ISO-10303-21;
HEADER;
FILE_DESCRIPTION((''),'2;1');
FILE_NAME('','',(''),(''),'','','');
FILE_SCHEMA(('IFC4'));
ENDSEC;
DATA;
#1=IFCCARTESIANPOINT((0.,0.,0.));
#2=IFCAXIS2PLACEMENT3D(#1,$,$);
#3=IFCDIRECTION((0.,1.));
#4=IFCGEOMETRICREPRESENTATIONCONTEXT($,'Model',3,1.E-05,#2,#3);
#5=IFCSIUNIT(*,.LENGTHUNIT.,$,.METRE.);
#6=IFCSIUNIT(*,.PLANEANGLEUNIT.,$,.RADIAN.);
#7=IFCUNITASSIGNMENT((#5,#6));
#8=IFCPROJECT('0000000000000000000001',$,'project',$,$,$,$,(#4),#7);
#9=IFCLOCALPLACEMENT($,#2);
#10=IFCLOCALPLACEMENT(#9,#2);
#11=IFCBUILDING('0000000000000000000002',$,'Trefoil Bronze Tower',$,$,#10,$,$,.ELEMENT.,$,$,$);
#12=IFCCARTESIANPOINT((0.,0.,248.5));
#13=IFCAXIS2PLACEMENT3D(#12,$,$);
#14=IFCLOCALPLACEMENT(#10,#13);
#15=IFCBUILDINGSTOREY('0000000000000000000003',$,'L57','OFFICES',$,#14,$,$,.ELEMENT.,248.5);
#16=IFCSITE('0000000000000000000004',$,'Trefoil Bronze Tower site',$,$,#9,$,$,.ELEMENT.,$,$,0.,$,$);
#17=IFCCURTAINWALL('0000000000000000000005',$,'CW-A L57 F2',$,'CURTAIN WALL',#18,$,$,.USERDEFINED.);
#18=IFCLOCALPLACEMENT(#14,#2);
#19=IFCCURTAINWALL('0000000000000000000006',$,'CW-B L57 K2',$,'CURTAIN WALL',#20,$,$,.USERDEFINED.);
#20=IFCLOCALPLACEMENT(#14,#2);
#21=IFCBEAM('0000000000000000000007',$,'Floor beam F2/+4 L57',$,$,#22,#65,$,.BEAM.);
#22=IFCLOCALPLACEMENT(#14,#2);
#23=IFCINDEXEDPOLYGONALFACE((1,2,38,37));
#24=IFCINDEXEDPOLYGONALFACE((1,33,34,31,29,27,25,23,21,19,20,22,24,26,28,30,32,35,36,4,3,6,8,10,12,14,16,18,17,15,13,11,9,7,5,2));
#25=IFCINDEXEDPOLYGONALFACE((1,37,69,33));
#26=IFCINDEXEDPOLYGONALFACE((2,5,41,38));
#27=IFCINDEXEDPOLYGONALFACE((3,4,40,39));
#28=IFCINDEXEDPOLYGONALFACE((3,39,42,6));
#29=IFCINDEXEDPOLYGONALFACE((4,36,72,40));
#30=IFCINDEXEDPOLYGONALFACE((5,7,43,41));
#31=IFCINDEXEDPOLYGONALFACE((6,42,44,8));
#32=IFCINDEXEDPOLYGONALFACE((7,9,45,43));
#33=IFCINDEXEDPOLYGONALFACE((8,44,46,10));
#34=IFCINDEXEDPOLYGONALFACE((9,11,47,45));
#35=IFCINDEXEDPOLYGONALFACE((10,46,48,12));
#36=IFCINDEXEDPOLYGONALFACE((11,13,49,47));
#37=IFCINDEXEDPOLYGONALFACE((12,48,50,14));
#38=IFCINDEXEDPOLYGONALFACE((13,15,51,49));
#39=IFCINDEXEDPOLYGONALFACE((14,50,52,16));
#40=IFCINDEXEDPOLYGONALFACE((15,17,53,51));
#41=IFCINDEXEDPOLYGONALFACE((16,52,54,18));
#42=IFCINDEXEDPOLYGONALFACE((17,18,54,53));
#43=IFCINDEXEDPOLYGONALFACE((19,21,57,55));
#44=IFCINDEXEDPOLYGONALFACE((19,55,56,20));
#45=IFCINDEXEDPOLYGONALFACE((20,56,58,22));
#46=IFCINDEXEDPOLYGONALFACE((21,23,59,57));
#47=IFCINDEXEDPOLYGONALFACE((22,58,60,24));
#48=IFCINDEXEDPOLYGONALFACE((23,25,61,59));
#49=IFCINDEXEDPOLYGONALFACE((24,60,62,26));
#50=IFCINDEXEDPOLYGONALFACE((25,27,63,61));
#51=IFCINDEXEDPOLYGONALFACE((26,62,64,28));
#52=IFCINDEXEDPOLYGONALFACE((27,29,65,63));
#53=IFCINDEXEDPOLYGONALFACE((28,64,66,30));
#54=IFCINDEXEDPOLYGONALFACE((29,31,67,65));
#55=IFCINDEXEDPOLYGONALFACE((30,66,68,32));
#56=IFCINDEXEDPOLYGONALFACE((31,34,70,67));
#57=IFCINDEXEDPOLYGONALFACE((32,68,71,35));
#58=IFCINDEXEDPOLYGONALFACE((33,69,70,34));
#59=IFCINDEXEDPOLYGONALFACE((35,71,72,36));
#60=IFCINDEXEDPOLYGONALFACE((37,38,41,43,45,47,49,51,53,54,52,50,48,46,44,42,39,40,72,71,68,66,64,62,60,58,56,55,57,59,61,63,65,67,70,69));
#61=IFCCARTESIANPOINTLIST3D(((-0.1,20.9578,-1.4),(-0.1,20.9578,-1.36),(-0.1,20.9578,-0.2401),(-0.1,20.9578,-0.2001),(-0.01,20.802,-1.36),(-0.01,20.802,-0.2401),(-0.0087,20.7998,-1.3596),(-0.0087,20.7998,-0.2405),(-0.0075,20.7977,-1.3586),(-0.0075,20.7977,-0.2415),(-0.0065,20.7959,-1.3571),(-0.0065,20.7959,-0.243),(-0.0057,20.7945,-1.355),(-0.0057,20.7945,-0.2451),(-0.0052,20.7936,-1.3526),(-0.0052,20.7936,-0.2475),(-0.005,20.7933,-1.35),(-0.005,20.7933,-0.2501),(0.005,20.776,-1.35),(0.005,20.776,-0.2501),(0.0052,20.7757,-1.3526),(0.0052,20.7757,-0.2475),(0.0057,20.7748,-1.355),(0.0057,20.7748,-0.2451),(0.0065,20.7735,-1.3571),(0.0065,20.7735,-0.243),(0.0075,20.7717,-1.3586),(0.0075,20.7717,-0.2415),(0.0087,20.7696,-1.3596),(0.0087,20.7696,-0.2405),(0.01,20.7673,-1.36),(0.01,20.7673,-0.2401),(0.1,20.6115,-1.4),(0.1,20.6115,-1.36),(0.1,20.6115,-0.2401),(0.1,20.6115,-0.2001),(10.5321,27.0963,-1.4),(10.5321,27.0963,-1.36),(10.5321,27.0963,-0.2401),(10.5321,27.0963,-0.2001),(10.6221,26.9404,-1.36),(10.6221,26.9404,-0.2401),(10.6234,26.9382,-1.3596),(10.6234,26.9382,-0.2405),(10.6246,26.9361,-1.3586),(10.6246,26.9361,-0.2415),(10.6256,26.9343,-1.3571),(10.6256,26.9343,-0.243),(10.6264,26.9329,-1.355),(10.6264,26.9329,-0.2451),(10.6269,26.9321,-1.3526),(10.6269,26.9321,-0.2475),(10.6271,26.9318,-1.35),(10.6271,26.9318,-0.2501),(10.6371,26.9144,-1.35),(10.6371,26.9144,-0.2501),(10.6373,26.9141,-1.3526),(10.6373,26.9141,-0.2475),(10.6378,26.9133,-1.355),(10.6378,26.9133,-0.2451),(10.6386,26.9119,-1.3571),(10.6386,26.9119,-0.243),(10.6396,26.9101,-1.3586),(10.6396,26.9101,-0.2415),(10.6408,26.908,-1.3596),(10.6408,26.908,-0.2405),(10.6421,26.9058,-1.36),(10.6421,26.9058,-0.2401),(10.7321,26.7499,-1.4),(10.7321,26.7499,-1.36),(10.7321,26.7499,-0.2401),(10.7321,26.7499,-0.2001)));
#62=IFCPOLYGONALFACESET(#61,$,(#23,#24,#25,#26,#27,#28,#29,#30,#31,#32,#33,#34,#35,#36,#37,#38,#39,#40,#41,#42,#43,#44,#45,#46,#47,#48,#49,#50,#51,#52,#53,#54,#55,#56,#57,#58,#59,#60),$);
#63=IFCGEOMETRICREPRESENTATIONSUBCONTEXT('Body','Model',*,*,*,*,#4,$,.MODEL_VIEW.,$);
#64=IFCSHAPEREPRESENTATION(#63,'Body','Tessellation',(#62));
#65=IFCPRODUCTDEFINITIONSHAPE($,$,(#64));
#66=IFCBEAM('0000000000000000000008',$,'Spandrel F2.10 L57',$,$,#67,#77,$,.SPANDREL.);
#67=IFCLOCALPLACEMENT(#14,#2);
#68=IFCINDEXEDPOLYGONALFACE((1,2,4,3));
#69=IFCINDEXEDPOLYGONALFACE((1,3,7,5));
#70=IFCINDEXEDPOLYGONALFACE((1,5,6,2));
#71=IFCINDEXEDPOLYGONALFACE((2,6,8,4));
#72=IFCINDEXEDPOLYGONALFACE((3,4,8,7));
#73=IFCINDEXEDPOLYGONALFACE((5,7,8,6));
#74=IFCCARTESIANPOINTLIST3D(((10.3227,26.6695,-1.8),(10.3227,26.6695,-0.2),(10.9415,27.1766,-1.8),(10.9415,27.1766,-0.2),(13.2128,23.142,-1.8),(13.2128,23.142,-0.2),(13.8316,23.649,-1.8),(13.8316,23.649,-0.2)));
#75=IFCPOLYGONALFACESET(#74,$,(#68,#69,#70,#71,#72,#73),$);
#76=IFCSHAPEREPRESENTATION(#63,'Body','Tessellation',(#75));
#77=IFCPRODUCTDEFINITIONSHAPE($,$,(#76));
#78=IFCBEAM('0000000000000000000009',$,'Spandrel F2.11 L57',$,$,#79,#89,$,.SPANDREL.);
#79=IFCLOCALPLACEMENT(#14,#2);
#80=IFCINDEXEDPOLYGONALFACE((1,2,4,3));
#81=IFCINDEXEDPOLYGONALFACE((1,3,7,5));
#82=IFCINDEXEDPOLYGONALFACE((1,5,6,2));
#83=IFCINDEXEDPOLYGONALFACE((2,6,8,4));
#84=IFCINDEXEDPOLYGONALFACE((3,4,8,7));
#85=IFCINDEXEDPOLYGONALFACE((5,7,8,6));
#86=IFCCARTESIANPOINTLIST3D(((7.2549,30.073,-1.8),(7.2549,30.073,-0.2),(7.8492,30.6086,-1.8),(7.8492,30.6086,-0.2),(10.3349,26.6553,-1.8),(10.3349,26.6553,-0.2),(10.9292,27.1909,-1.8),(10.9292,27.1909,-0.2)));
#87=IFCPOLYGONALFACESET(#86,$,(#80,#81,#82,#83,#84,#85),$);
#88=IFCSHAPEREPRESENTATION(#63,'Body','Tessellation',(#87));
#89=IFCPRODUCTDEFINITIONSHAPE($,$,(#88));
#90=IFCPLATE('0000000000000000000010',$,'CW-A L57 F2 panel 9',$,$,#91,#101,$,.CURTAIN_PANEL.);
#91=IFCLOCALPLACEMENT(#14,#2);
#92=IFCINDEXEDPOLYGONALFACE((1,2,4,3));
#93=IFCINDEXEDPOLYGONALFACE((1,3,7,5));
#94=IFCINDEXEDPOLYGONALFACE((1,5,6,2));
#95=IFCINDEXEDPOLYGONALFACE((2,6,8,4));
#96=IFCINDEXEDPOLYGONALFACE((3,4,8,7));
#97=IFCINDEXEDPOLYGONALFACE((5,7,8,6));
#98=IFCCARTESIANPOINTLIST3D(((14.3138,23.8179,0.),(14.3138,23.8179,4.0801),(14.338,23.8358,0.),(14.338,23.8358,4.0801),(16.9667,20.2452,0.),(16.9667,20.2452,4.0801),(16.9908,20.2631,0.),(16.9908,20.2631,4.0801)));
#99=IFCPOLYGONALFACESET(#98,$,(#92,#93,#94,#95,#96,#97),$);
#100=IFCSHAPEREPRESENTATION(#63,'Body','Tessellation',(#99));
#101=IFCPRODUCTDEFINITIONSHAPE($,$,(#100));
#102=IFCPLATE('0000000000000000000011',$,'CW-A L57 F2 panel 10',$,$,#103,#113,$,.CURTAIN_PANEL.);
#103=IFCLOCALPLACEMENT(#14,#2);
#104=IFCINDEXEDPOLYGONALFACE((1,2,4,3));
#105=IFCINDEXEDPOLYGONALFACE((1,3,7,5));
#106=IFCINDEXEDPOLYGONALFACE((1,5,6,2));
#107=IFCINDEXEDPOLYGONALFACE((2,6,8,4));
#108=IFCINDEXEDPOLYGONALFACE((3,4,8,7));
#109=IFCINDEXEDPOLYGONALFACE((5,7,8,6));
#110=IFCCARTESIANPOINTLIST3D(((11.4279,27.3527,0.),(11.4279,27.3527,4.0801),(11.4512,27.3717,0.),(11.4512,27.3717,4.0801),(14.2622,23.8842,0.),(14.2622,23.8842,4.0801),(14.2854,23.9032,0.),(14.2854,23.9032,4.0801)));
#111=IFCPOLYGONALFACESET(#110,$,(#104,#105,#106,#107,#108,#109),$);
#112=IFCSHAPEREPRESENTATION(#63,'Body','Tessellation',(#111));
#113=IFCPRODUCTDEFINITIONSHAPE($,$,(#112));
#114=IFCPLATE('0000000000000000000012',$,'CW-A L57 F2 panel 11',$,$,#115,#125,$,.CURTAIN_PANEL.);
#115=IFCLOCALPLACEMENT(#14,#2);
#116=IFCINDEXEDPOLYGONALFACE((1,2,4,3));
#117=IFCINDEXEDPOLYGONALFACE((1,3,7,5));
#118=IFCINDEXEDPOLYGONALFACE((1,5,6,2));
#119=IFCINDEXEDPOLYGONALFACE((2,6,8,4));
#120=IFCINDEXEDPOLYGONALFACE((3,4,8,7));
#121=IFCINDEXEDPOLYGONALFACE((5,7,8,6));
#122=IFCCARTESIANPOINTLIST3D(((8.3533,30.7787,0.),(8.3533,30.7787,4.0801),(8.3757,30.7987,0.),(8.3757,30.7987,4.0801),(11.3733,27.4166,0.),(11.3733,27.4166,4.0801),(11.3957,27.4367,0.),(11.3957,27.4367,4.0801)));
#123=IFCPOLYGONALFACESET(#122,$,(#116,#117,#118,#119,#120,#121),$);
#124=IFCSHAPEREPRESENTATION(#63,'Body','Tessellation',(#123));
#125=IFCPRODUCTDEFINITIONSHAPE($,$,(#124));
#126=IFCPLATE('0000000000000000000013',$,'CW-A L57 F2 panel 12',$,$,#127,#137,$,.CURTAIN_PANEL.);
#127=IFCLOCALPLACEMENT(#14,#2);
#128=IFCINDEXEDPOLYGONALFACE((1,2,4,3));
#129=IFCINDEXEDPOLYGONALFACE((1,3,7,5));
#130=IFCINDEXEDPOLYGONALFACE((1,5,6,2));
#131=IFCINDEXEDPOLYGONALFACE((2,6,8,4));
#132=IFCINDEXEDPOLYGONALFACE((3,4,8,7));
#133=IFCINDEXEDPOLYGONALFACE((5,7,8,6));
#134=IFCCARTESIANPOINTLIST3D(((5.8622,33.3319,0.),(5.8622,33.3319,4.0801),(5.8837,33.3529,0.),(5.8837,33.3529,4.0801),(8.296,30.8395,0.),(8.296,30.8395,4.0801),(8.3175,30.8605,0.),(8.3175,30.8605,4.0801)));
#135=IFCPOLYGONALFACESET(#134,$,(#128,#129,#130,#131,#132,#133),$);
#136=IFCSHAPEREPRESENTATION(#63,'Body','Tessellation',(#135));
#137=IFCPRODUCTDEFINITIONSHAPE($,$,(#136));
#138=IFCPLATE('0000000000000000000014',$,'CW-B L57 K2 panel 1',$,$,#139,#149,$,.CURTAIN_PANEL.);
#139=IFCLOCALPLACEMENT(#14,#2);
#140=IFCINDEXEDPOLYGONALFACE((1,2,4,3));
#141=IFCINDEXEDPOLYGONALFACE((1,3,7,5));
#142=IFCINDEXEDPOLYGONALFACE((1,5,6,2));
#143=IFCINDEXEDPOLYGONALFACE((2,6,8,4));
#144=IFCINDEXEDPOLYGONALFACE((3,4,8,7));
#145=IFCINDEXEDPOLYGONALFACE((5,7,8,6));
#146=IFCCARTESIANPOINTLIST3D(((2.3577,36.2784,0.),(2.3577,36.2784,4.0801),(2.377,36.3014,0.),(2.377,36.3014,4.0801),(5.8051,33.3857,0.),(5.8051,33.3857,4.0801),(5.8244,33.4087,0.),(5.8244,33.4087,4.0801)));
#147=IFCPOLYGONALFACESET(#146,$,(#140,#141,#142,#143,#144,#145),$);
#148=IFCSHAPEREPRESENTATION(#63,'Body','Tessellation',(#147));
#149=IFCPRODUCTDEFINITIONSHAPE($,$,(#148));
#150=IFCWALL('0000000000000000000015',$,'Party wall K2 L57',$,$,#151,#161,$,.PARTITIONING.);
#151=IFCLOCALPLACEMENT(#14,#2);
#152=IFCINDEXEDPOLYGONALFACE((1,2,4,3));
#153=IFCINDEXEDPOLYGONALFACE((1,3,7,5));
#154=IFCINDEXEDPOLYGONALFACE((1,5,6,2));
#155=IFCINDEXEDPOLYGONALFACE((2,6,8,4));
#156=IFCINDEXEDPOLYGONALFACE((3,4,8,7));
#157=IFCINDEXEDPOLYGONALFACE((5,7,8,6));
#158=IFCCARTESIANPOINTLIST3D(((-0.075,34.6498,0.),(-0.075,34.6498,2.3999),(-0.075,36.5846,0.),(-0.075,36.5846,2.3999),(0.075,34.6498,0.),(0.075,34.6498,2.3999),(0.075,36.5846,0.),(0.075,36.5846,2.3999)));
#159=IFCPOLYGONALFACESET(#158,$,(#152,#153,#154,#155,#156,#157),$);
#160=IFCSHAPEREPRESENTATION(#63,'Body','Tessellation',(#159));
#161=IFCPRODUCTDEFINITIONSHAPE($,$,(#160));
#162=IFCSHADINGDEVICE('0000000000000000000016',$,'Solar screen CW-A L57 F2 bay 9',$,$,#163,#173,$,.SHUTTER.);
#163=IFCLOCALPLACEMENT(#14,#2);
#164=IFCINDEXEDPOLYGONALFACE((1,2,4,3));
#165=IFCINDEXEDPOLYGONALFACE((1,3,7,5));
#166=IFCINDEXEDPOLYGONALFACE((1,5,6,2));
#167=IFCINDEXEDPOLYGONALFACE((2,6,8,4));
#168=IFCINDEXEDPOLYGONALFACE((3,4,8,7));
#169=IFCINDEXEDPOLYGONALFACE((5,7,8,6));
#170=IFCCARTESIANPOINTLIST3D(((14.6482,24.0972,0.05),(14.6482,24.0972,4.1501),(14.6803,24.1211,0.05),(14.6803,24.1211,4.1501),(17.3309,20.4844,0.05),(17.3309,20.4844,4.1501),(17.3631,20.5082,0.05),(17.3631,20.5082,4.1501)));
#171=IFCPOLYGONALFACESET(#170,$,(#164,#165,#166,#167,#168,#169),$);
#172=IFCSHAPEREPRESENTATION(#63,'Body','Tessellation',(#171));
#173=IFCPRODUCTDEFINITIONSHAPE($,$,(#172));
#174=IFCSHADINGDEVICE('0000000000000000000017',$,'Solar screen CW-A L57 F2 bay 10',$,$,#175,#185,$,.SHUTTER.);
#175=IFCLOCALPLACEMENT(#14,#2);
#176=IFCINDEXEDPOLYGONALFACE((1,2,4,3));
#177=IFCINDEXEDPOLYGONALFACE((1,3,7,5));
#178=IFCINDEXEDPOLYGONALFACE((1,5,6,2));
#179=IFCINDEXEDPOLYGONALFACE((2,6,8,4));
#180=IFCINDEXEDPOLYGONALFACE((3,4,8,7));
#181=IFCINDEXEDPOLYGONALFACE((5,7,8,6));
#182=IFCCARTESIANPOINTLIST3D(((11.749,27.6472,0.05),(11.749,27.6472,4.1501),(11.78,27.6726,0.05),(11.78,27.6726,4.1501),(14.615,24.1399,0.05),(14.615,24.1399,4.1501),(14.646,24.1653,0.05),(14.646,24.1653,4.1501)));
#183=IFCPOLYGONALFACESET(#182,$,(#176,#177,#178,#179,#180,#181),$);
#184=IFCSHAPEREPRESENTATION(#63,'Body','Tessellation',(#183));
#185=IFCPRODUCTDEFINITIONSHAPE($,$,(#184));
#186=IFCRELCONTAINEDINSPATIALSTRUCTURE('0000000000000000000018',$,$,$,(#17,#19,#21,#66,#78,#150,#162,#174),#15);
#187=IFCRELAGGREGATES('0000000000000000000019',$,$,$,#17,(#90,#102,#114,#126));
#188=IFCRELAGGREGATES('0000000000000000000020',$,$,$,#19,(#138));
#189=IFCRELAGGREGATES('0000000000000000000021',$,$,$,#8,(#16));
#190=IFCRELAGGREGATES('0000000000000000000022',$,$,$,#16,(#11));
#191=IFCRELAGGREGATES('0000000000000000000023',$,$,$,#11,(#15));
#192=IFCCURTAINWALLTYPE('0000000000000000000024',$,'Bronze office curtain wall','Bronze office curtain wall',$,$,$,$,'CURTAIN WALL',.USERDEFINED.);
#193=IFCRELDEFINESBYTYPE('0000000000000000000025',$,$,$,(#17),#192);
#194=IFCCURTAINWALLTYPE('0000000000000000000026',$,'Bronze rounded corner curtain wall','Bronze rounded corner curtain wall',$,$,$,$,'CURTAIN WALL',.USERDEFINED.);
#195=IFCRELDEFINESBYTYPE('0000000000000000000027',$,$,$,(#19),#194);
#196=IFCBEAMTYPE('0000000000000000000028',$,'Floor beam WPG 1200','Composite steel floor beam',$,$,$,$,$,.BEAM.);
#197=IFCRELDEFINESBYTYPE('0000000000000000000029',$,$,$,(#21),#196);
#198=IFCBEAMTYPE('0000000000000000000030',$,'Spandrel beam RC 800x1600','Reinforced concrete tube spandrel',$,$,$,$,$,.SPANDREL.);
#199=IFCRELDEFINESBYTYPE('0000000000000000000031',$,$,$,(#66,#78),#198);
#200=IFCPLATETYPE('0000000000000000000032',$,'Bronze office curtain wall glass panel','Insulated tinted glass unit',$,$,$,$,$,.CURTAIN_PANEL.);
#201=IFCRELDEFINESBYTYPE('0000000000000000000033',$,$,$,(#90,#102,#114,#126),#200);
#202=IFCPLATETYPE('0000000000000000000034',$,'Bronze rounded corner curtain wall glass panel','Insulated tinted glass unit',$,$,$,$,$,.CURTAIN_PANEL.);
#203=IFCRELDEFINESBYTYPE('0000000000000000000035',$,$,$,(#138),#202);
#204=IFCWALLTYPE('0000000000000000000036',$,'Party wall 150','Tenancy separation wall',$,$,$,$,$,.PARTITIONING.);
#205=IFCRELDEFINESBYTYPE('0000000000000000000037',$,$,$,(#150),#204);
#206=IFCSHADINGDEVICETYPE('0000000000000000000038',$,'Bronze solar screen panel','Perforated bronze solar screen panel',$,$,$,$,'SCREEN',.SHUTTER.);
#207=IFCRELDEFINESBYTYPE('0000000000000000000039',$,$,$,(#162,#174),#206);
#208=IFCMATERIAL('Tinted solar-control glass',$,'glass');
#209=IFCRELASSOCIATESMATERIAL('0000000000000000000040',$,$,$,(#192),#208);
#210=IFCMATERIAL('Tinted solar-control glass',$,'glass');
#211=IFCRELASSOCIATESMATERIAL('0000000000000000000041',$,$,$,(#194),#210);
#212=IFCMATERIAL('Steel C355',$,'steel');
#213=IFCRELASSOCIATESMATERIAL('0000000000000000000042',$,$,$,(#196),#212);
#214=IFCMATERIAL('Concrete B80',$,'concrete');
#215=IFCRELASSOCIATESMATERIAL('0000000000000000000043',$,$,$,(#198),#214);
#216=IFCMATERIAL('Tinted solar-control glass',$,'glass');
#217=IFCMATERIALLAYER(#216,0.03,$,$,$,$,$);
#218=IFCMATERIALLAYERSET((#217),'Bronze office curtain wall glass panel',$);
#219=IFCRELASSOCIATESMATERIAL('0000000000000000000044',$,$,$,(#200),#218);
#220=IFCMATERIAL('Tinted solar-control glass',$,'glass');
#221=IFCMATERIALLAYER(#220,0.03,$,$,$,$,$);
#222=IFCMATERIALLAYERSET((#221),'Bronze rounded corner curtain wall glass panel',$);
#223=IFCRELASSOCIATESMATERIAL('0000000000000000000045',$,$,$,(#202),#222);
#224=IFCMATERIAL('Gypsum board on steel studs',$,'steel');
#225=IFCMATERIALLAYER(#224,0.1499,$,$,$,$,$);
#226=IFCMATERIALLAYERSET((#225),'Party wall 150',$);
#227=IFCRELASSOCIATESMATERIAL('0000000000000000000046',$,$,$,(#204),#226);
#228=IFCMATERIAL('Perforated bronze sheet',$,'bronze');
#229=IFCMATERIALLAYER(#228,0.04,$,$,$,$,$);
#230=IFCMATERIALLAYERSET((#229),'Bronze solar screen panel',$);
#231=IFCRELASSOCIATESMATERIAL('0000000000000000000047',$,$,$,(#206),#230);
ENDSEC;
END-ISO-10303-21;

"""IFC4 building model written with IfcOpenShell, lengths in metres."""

from ifc_helpers import new_model, si_unit, direction, frame, frame_2d, origin, origin_2d, place, context, subcontext, project, spatial, rectangle, i_section, extrude, material, layer, layer_set, material_profile, profile_set, type_object, element, aggregate, save


model = new_model("IFC4")

# Units and contexts
model_context = context("Model", 3, precision=1e-05, world=origin(), true_north=direction((0.0, 1.0)))
body_context = subcontext(model_context, "Body", "Model", "MODEL_VIEW")
ifc_project = project(units=[si_unit("LENGTHUNIT", "METRE"), si_unit("PLANEANGLEUNIT", "RADIAN")], contexts=[model_context])

# Site, building, storey
site_placement = place(None, origin())
site = spatial("IfcSite", under=ifc_project, at=site_placement, Name="Trefoil Bronze Tower site", CompositionType="ELEMENT", RefElevation=0.0)
building_placement = place(site_placement, origin())
building = spatial("IfcBuilding", under=site, at=building_placement, Name="Trefoil Bronze Tower", CompositionType="ELEMENT")
storey_placement = place(building_placement, frame((0.0, 0.0, 248.5)))
storey = spatial("IfcBuildingStorey", under=building, at=storey_placement, Name="L57", Description="OFFICES", CompositionType="ELEMENT", Elevation=248.5)

# Curtain walls
ifc_material_1 = material(Name="Tinted solar-control glass", Category="glass")
curtain_wall_type_1 = type_object("IfcCurtainWallType", Name="Bronze office curtain wall", Description="Bronze office curtain wall", ElementType="CURTAIN WALL", PredefinedType="USERDEFINED", material=ifc_material_1)
curtain_wall_1_placement = place(storey_placement, origin())
curtain_wall_1 = element("IfcCurtainWall", 1, at=curtain_wall_1_placement, inside=storey, type_object=curtain_wall_type_1, Name="CW-A L57 F2", ObjectType="CURTAIN WALL", PredefinedType="USERDEFINED")
ifc_material_2 = material(Name="Tinted solar-control glass", Category="glass")
curtain_wall_type_2 = type_object("IfcCurtainWallType", Name="Bronze rounded corner curtain wall", Description="Bronze rounded corner curtain wall", ElementType="CURTAIN WALL", PredefinedType="USERDEFINED", material=ifc_material_2)
curtain_wall_2_placement = place(storey_placement, origin())
curtain_wall_2 = element("IfcCurtainWall", 2, at=curtain_wall_2_placement, inside=storey, type_object=curtain_wall_type_2, Name="CW-B L57 K2", ObjectType="CURTAIN WALL", PredefinedType="USERDEFINED")

# Beams
ifc_material_3 = material(Name="Steel C355", Category="steel")
ifc_material_profile_1 = material_profile(ifc_material_3, i_section(OverallWidth=0.3999, OverallDepth=1.2, WebThickness=0.02, FlangeThickness=0.04, FilletRadius=0.01, at=origin_2d()), Name="WPG 1200")
ifc_profile_set_1 = profile_set([ifc_material_profile_1], Name="Steel C355")
beam_type_1 = type_object("IfcBeamType", Name="Floor beam WPG 1200", Description="Composite steel floor beam", PredefinedType="BEAM", material=ifc_profile_set_1)
beam_1_placement = place(storey_placement, frame((10.6321, 26.9231, -0.8), z_axis=(-0.866026, -0.5, 0.0), x_axis=(0.5, -0.866026, 0.0)))
element("IfcBeam", 3, at=beam_1_placement, inside=storey, type_object=beam_type_1, Name="Floor beam F2/+4 L57", PredefinedType="BEAM", context=body_context, shape_type="SweptSolid", body=[
    extrude(i_section(OverallWidth=0.3999, OverallDepth=1.2, WebThickness=0.02, FlangeThickness=0.04, FilletRadius=0.01, at=origin_2d()), origin(), (0.0, 0.0, 1.0), 12.2769),
])
ifc_material_4 = material(Name="Concrete B80", Category="concrete")
ifc_material_profile_2 = material_profile(ifc_material_4, rectangle(XDim=0.8, YDim=1.6001, at=origin_2d()), Name="RC 800x1600")
ifc_profile_set_2 = profile_set([ifc_material_profile_2], Name="Concrete B80")
beam_type_2 = type_object("IfcBeamType", Name="Spandrel beam RC 800x1600", Description="Reinforced concrete tube spandrel", PredefinedType="SPANDREL", material=ifc_profile_set_2)
beam_2_placement = place(storey_placement, frame((13.5222, 23.3955, -1.0), z_axis=(-0.633754, 0.773535, 0.0), x_axis=(-0.773535, -0.633754, 0.0)))
element("IfcBeam", 4, at=beam_2_placement, inside=storey, type_object=beam_type_2, Name="Spandrel F2.10 L57", PredefinedType="SPANDREL", context=body_context, shape_type="SweptSolid", body=[
    extrude(rectangle(XDim=0.8, YDim=1.6001, at=origin_2d()), origin(), (0.0, 0.0, 1.0), 4.5603),
])
beam_3_placement = place(storey_placement, frame((10.6321, 26.9231, -1.0), z_axis=(-0.66946, 0.742848, 0.0), x_axis=(-0.742848, -0.66946, 0.0)))
element("IfcBeam", 5, at=beam_3_placement, inside=storey, type_object=beam_type_2, Name="Spandrel F2.11 L57", PredefinedType="SPANDREL", context=body_context, shape_type="SweptSolid", body=[
    extrude(rectangle(XDim=0.8, YDim=1.6001, at=origin_2d()), origin(), (0.0, 0.0, 1.0), 4.6008),
])

# Plates
ifc_material_5 = material(Name="Tinted solar-control glass", Category="glass")
ifc_layer_1 = layer(ifc_material_5, 0.03)
ifc_layer_set_1 = layer_set([ifc_layer_1], Name="Bronze office curtain wall glass panel")
plate_type_1 = type_object("IfcPlateType", Name="Bronze office curtain wall glass panel", Description="Insulated tinted glass unit", PredefinedType="CURTAIN_PANEL", material=ifc_layer_set_1)
plate_1_placement = place(storey_placement, frame((15.6523, 22.0405, 0.0), z_axis=(0.0, 0.0, 1.0), x_axis=(-0.596162, 0.802865, 0.0)))
plate_1 = element("IfcPlate", 6, at=plate_1_placement, type_object=plate_type_1, Name="CW-A L57 F2 panel 9", PredefinedType="CURTAIN_PANEL", context=body_context, shape_type="SweptSolid", body=[
    extrude(rectangle(XDim=4.45, YDim=0.03, at=origin_2d()), origin(), (0.0, 0.0, 1.0), 4.0801),
])
plate_2_placement = place(storey_placement, frame((12.8567, 25.6279, 0.0), z_axis=(0.0, 0.0, 1.0), x_axis=(-0.632753, 0.774354, 0.0)))
plate_2 = element("IfcPlate", 7, at=plate_2_placement, type_object=plate_type_1, Name="CW-A L57 F2 panel 10", PredefinedType="CURTAIN_PANEL", context=body_context, shape_type="SweptSolid", body=[
    extrude(rectangle(XDim=4.4792, YDim=0.03, at=origin_2d()), origin(), (0.0, 0.0, 1.0), 4.0801),
])
plate_3_placement = place(storey_placement, frame((9.8745, 29.1077, 0.0), z_axis=(0.0, 0.0, 1.0), x_axis=(-0.668246, 0.743941, 0.0)))
plate_3 = element("IfcPlate", 8, at=plate_3_placement, type_object=plate_type_1, Name="CW-A L57 F2 panel 11", PredefinedType="CURTAIN_PANEL", context=body_context, shape_type="SweptSolid", body=[
    extrude(rectangle(XDim=4.5193, YDim=0.03, at=origin_2d()), origin(), (0.0, 0.0, 1.0), 4.0801),
])
plate_4_placement = place(storey_placement, frame((7.0898, 32.0962, 0.0), z_axis=(0.0, 0.0, 1.0), x_axis=(-0.698652, 0.715462, 0.0)))
plate_4 = element("IfcPlate", 9, at=plate_4_placement, type_object=plate_type_1, Name="CW-A L57 F2 panel 12", PredefinedType="CURTAIN_PANEL", context=body_context, shape_type="SweptSolid", body=[
    extrude(rectangle(XDim=3.4836, YDim=0.03, at=origin_2d()), origin(), (0.0, 0.0, 1.0), 4.0801),
])
aggregate(curtain_wall_1, [plate_1, plate_2, plate_3, plate_4])
ifc_material_6 = material(Name="Tinted solar-control glass", Category="glass")
ifc_layer_2 = layer(ifc_material_6, 0.03)
ifc_layer_set_2 = layer_set([ifc_layer_2], Name="Bronze rounded corner curtain wall glass panel")
plate_type_2 = type_object("IfcPlateType", Name="Bronze rounded corner curtain wall glass panel", Description="Insulated tinted glass unit", PredefinedType="CURTAIN_PANEL", material=ifc_layer_set_2)
plate_5_placement = place(storey_placement, frame((4.0911, 34.8435, 0.0), z_axis=(0.0, 0.0, 1.0), x_axis=(-0.766044, 0.642788, 0.0)))
plate_5 = element("IfcPlate", 10, at=plate_5_placement, type_object=plate_type_2, Name="CW-B L57 K2 panel 1", PredefinedType="CURTAIN_PANEL", context=body_context, shape_type="SweptSolid", body=[
    extrude(rectangle(XDim=4.5002, YDim=0.03, at=origin_2d()), origin(), (0.0, 0.0, 1.0), 4.0801),
])
aggregate(curtain_wall_2, [plate_5])

# Wall
ifc_material_7 = material(Name="Gypsum board on steel studs", Category="steel")
ifc_layer_3 = layer(ifc_material_7, 0.1499)
ifc_layer_set_3 = layer_set([ifc_layer_3], Name="Party wall 150")
wall_type = type_object("IfcWallType", Name="Party wall 150", Description="Tenancy separation wall", PredefinedType="PARTITIONING", material=ifc_layer_set_3)
wall_placement = place(storey_placement, frame((0.0, 34.6499, 0.0), z_axis=(0.0, 0.0, 1.0), x_axis=(0.0, 1.0, 0.0)))
element("IfcWall", 11, at=wall_placement, inside=storey, type_object=wall_type, Name="Party wall K2 L57", PredefinedType="PARTITIONING", context=body_context, shape_type="SweptSolid", body=[
    extrude(rectangle(XDim=1.9348, YDim=0.1499, at=frame_2d((0.9673, 0.0))), origin(), (0.0, 0.0, 1.0), 2.3999),
])

# Shading devices
ifc_material_8 = material(Name="Perforated bronze sheet", Category="bronze")
ifc_layer_4 = layer(ifc_material_8, 0.04)
ifc_layer_set_4 = layer_set([ifc_layer_4], Name="Bronze solar screen panel")
shading_device_type = type_object("IfcShadingDeviceType", Name="Bronze solar screen panel", Description="Perforated bronze solar screen panel", ElementType="SCREEN", PredefinedType="SHUTTER", material=ifc_layer_set_4)
shading_device_1_placement = place(storey_placement, frame((16.0056, 22.3027, 0.05), z_axis=(0.0, 0.0, 1.0), x_axis=(-0.596162, 0.802865, 0.0)))
element("IfcShadingDevice", 12, at=shading_device_1_placement, inside=storey, type_object=shading_device_type, Name="Solar screen CW-A L57 F2 bay 9", PredefinedType="SHUTTER", context=body_context, shape_type="SweptSolid", body=[
    extrude(rectangle(XDim=4.5, YDim=0.04, at=origin_2d()), origin(), (0.0, 0.0, 1.0), 4.1001),
])
shading_device_2_placement = place(storey_placement, frame((13.1975, 25.9062, 0.05), z_axis=(0.0, 0.0, 1.0), x_axis=(-0.632753, 0.774354, 0.0)))
element("IfcShadingDevice", 13, at=shading_device_2_placement, inside=storey, type_object=shading_device_type, Name="Solar screen CW-A L57 F2 bay 10", PredefinedType="SHUTTER", context=body_context, shape_type="SweptSolid", body=[
    extrude(rectangle(XDim=4.5293, YDim=0.04, at=origin_2d()), origin(), (0.0, 0.0, 1.0), 4.1001),
])

save(model, "model.ifc")
